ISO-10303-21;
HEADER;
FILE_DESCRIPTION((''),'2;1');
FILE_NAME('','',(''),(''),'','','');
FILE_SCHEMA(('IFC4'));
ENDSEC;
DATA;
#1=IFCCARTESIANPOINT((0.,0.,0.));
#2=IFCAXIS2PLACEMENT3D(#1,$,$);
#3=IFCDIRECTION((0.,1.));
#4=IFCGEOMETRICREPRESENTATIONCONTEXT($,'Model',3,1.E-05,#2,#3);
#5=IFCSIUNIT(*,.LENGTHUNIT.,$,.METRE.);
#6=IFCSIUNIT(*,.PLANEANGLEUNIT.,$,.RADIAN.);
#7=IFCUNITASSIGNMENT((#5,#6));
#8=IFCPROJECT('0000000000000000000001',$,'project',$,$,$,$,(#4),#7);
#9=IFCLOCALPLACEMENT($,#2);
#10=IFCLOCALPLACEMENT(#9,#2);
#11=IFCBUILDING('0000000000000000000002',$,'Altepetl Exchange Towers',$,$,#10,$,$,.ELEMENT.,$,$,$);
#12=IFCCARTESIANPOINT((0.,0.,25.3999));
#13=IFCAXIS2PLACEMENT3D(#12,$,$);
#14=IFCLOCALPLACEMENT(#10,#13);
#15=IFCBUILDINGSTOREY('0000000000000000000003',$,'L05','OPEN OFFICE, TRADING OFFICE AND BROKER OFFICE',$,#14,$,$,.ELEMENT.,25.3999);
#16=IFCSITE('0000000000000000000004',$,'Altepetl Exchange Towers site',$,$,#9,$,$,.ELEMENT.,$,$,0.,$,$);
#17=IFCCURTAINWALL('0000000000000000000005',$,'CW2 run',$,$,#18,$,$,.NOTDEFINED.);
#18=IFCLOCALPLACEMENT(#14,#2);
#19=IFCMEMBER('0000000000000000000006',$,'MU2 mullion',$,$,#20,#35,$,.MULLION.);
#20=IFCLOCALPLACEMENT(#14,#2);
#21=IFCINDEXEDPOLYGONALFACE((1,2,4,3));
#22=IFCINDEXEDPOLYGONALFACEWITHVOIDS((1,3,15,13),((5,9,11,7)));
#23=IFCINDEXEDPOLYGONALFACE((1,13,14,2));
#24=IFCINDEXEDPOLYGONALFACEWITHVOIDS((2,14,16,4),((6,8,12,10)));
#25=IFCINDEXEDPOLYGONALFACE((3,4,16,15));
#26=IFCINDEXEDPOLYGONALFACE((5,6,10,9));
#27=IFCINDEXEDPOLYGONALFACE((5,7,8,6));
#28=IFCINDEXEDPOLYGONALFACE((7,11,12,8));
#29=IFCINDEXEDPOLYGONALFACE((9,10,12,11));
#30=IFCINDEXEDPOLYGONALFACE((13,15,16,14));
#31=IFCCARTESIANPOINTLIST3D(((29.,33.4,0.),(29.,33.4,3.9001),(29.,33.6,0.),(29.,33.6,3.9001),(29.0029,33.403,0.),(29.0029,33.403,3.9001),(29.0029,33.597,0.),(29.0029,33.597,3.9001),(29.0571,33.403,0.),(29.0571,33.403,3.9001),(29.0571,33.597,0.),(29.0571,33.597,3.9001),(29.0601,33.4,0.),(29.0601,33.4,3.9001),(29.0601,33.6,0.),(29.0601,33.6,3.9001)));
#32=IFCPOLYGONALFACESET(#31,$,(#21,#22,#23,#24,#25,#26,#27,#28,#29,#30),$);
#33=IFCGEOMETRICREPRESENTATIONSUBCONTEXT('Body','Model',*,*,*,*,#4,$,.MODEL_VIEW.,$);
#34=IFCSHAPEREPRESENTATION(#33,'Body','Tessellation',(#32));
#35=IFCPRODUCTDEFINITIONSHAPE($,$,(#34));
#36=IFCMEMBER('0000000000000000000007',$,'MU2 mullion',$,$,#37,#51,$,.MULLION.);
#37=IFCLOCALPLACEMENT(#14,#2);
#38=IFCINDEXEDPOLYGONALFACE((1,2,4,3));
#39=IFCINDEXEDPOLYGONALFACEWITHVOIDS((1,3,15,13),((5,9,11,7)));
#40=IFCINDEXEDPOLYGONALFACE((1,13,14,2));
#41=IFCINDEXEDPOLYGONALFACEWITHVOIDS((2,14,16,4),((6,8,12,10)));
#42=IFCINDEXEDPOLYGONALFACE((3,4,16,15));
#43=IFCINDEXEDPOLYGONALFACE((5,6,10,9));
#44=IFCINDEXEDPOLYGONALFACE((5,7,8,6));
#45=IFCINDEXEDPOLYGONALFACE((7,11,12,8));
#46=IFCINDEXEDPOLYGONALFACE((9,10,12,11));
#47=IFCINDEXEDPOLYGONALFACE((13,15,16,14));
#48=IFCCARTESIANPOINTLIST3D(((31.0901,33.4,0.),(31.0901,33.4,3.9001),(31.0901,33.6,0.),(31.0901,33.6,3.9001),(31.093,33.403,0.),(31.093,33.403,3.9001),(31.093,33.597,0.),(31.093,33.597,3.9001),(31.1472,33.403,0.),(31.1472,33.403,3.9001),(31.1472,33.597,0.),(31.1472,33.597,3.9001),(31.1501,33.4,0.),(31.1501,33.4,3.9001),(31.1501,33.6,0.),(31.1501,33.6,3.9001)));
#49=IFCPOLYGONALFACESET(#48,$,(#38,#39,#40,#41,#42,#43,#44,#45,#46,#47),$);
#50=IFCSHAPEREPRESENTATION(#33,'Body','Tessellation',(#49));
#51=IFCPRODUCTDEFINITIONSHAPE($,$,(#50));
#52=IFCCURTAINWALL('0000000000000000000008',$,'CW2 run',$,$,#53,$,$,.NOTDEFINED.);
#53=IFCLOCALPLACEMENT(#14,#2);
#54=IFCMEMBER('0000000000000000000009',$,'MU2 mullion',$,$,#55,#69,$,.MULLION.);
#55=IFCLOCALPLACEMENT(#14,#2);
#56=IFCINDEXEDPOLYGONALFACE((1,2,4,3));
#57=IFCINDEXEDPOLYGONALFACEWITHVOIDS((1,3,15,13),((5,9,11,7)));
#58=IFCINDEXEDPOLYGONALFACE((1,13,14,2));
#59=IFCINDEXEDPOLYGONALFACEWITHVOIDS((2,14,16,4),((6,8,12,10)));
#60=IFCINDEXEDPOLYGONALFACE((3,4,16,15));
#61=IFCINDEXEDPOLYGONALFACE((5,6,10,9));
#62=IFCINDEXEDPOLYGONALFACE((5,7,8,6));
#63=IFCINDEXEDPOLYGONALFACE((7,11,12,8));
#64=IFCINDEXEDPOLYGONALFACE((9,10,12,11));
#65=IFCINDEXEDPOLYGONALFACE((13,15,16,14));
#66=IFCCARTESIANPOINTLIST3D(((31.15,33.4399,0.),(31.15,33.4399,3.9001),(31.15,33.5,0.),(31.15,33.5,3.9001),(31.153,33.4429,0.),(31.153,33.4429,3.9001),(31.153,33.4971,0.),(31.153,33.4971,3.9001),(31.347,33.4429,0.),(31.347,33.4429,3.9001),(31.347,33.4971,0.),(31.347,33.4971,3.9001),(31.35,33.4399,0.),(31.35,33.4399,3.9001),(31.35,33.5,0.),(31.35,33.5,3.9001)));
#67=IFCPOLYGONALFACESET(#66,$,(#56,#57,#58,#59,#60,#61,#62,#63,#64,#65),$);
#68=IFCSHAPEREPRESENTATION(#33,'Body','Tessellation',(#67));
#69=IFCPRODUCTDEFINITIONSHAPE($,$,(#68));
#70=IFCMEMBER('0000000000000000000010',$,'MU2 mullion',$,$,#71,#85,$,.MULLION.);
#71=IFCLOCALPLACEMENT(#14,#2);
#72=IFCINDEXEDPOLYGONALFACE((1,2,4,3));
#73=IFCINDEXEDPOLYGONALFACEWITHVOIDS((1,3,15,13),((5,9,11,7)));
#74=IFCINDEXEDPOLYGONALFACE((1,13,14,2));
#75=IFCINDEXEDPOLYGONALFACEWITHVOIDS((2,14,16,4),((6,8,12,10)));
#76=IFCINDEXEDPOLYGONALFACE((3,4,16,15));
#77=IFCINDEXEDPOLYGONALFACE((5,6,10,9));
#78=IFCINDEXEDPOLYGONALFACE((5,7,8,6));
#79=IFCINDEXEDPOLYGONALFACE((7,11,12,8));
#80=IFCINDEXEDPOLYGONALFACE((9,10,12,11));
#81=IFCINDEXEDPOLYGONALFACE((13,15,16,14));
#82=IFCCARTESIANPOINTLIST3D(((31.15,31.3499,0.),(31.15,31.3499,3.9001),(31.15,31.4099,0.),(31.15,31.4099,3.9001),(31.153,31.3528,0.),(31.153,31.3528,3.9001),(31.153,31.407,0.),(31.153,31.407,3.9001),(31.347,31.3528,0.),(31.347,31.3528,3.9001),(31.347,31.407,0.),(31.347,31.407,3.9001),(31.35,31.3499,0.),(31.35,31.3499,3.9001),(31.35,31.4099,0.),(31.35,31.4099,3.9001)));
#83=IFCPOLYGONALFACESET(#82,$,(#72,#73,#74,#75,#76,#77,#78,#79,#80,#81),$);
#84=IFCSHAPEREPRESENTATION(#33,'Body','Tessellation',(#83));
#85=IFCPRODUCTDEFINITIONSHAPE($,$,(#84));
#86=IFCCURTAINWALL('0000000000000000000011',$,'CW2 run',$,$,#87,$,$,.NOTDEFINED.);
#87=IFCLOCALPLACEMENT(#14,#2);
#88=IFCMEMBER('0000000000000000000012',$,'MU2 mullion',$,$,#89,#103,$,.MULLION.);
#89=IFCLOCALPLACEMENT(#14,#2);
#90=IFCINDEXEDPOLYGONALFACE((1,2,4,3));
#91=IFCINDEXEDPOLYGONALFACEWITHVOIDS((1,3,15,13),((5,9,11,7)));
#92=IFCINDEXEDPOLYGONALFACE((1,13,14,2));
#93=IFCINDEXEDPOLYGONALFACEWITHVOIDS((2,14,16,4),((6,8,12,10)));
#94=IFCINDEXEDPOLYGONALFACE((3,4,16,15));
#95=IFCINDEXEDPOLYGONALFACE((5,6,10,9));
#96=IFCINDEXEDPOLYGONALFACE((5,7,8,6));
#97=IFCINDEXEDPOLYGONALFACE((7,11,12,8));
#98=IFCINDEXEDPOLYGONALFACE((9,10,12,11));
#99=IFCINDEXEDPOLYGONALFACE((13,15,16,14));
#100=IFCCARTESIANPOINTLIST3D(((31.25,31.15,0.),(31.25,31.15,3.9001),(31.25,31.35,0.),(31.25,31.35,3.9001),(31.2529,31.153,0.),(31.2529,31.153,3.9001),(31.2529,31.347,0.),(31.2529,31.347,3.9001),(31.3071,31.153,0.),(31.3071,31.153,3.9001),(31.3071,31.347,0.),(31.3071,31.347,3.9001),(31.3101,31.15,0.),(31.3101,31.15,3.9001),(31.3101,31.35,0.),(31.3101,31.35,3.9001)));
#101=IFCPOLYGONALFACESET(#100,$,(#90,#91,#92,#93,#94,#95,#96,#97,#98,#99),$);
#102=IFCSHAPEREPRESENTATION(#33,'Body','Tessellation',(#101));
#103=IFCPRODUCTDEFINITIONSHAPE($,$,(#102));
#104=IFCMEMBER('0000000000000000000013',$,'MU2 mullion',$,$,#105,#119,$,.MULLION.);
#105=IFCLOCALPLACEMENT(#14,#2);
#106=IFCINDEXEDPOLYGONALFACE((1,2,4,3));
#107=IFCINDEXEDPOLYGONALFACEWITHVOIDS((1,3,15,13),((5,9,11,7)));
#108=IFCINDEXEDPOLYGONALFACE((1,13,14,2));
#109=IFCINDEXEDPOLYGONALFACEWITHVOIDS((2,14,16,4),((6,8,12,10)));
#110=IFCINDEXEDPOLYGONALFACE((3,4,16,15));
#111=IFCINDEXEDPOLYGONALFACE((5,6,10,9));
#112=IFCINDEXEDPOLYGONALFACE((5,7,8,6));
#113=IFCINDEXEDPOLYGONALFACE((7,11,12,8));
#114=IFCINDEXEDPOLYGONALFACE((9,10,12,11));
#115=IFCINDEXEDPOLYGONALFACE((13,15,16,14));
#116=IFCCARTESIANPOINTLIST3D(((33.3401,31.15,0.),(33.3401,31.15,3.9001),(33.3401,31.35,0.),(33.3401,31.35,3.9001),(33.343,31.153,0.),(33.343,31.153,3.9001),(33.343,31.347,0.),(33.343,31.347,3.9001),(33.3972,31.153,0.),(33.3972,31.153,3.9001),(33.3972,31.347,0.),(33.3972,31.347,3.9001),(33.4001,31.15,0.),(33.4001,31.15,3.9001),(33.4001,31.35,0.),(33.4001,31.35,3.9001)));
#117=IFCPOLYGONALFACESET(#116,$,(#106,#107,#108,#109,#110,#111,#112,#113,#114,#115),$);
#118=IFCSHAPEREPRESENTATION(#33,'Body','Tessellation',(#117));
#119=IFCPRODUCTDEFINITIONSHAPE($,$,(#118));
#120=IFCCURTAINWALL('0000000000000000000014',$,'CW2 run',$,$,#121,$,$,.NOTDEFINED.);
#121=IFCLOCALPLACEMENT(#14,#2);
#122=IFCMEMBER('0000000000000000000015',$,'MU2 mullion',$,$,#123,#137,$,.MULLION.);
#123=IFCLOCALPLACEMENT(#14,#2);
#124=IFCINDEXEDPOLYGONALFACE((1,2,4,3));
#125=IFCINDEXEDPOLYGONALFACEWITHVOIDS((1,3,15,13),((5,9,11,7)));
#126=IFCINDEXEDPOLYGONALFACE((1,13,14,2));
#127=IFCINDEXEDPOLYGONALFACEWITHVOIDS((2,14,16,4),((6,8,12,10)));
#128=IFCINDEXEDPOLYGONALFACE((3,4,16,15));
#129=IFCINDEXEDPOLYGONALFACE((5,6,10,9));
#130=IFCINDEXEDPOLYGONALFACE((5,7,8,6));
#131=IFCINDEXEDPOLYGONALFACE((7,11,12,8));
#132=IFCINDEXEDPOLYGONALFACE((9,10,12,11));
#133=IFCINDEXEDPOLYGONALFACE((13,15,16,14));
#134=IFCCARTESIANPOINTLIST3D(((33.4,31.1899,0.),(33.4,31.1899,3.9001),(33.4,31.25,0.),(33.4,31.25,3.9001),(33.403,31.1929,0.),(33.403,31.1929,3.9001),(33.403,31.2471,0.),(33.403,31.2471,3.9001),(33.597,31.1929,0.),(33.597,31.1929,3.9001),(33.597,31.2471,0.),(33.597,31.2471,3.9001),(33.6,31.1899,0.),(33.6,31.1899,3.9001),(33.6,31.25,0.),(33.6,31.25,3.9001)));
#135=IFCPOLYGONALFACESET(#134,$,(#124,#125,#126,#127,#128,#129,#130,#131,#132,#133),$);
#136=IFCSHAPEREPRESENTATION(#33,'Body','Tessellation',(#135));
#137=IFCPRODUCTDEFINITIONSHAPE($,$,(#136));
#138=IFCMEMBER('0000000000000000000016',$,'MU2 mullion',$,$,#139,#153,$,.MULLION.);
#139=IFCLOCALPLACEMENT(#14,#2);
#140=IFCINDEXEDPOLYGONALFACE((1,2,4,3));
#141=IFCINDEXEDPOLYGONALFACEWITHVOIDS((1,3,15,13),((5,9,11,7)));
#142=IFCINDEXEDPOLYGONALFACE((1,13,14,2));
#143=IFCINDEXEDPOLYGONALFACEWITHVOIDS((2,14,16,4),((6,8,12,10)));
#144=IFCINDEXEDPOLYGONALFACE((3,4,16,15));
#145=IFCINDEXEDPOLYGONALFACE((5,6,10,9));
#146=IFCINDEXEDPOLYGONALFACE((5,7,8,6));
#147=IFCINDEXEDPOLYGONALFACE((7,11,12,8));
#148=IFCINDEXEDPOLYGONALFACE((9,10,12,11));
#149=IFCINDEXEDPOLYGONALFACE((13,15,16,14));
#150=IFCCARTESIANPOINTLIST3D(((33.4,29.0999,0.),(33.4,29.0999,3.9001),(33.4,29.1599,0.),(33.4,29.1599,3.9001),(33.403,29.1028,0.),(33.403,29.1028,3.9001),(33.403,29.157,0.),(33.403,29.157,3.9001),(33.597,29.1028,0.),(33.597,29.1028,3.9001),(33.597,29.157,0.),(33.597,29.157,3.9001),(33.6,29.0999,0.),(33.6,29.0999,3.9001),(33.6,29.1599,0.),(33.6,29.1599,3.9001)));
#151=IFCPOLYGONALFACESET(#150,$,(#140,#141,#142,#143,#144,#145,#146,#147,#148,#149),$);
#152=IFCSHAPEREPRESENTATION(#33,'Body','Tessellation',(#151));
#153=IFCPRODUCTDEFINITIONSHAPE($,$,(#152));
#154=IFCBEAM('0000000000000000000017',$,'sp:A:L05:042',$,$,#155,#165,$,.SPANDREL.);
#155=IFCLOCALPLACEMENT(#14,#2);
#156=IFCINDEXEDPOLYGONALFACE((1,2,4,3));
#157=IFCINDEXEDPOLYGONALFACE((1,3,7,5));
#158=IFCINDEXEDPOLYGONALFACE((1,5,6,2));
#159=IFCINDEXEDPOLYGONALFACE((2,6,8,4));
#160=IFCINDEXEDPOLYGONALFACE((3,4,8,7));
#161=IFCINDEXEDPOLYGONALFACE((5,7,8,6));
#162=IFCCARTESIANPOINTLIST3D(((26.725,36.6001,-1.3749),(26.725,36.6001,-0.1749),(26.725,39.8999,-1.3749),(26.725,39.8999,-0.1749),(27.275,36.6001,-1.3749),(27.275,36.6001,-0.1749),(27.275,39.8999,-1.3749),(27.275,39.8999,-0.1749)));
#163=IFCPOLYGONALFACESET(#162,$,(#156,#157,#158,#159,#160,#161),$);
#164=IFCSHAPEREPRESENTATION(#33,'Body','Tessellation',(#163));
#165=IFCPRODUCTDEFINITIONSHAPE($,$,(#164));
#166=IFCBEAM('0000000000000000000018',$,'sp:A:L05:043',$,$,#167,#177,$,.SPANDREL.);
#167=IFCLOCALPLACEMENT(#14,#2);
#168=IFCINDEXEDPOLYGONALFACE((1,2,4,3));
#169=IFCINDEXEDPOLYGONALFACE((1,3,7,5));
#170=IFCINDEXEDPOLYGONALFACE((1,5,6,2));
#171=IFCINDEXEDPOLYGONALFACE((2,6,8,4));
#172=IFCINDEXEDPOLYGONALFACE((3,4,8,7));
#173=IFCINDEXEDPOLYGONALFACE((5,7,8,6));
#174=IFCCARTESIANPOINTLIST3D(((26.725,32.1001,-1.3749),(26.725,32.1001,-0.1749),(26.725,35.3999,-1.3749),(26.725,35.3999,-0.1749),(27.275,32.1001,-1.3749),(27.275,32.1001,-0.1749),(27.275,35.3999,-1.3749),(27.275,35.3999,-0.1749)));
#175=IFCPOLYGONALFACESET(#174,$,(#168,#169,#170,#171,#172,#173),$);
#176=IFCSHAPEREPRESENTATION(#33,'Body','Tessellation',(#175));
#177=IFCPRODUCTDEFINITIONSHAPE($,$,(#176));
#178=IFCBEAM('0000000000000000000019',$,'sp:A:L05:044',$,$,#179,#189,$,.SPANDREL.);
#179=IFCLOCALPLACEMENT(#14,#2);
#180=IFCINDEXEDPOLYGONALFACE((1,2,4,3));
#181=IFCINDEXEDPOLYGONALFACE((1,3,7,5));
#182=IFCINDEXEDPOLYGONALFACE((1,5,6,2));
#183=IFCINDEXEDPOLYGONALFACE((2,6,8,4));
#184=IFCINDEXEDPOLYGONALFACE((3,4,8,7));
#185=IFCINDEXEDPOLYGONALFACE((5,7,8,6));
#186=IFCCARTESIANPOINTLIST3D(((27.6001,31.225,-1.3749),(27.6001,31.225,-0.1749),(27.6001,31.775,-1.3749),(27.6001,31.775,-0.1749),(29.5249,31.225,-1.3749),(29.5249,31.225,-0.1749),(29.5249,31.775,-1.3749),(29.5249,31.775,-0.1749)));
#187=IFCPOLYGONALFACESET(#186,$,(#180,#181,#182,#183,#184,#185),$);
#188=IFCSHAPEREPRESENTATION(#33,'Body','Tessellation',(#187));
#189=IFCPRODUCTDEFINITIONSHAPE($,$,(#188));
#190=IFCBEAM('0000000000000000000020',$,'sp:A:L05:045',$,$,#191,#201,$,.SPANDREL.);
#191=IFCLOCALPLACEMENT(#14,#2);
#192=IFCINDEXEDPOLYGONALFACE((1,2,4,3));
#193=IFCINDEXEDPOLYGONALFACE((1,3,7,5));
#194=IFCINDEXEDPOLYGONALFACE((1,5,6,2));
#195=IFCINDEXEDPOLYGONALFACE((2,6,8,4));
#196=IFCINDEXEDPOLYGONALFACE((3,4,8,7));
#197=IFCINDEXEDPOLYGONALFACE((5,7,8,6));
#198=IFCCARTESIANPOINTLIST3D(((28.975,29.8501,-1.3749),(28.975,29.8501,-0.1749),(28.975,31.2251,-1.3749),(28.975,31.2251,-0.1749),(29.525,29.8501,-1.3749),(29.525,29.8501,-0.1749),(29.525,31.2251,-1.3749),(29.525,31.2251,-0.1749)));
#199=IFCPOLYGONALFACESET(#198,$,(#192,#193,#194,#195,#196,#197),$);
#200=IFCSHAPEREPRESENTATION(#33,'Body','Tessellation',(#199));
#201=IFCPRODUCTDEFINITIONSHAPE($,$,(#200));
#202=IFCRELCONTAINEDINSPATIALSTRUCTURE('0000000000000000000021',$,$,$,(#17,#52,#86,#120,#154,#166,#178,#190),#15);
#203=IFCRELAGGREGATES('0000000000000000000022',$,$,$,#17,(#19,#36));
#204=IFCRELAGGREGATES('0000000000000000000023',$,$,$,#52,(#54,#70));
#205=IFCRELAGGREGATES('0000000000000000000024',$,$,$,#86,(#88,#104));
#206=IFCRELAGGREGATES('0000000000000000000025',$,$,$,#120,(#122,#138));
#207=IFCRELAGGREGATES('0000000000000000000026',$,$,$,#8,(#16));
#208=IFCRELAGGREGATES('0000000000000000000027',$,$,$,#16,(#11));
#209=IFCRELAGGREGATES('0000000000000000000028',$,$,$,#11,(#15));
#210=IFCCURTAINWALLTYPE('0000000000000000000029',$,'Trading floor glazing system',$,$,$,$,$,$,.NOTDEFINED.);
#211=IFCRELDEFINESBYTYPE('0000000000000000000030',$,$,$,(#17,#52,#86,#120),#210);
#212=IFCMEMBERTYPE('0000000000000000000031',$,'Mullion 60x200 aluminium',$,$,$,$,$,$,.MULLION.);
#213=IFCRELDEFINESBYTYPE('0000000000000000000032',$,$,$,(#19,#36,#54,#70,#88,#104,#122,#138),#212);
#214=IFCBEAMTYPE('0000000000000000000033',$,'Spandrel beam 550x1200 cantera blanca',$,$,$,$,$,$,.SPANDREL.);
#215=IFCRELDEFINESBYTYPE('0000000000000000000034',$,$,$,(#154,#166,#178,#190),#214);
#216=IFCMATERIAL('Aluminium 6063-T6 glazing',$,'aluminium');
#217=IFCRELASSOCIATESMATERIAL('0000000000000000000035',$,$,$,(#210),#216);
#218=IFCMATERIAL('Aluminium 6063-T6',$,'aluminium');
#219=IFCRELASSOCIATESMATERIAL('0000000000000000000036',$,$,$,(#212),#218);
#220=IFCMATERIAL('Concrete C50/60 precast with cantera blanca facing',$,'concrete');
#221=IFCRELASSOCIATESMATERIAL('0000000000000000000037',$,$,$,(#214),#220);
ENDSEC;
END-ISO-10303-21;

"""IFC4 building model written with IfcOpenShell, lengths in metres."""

from ifc_helpers import new_model, si_unit, direction, frame, origin, origin_2d, place, context, subcontext, project, spatial, rectangle, hollow_rectangle, extrude, material, material_profile, profile_set, type_object, element, aggregate, save


model = new_model("IFC4")

# Units and contexts
model_context = context("Model", 3, precision=1e-05, world=origin(), true_north=direction((0.0, 1.0)))
body_context = subcontext(model_context, "Body", "Model", "MODEL_VIEW")
ifc_project = project(units=[si_unit("LENGTHUNIT", "METRE"), si_unit("PLANEANGLEUNIT", "RADIAN")], contexts=[model_context])

# Site, building, storey
site_placement = place(None, origin())
site = spatial("IfcSite", under=ifc_project, at=site_placement, Name="Altepetl Exchange Towers site", CompositionType="ELEMENT", RefElevation=0.0)
building_placement = place(site_placement, origin())
building = spatial("IfcBuilding", under=site, at=building_placement, Name="Altepetl Exchange Towers", CompositionType="ELEMENT")
storey_placement = place(building_placement, frame((0.0, 0.0, 25.3999)))
storey = spatial("IfcBuildingStorey", under=building, at=storey_placement, Name="L05", Description="OPEN OFFICE, TRADING OFFICE AND BROKER OFFICE", CompositionType="ELEMENT", Elevation=25.3999)

# Curtain walls, members
ifc_material_1 = material(Name="Aluminium 6063-T6 glazing", Category="aluminium")
curtain_wall_type = type_object("IfcCurtainWallType", Name="Trading floor glazing system", PredefinedType="NOTDEFINED", material=ifc_material_1)
ifc_material_2 = material(Name="Aluminium 6063-T6", Category="aluminium")
ifc_material_profile_1 = material_profile(ifc_material_2, hollow_rectangle(XDim=0.0601, YDim=0.2, WallThickness=0.0029, at=origin_2d()), Name="Mullion 60x200 aluminium")
ifc_profile_set_1 = profile_set([ifc_material_profile_1], Name="Aluminium 6063-T6")
member_type = type_object("IfcMemberType", Name="Mullion 60x200 aluminium", PredefinedType="MULLION", material=ifc_profile_set_1)
curtain_wall_1_placement = place(storey_placement, origin())
curtain_wall_1 = element("IfcCurtainWall", 1, at=curtain_wall_1_placement, inside=storey, type_object=curtain_wall_type, Name="CW2 run", PredefinedType="NOTDEFINED")
member_1_placement = place(storey_placement, frame((29.03, 33.5, 0.0)))
member_1 = element("IfcMember", 2, at=member_1_placement, type_object=member_type, Name="MU2 mullion", PredefinedType="MULLION", context=body_context, shape_type="SweptSolid", body=[
    extrude(hollow_rectangle(XDim=0.0601, YDim=0.2, WallThickness=0.0029, at=origin_2d()), origin(), (0.0, 0.0, 1.0), 3.9001),
])
member_2_placement = place(storey_placement, frame((31.1201, 33.5, 0.0)))
member_2 = element("IfcMember", 3, at=member_2_placement, type_object=member_type, Name="MU2 mullion", PredefinedType="MULLION", context=body_context, shape_type="SweptSolid", body=[
    extrude(hollow_rectangle(XDim=0.0601, YDim=0.2, WallThickness=0.0029, at=origin_2d()), origin(), (0.0, 0.0, 1.0), 3.9001),
])
curtain_wall_2_placement = place(storey_placement, origin())
curtain_wall_2 = element("IfcCurtainWall", 4, at=curtain_wall_2_placement, inside=storey, type_object=curtain_wall_type, Name="CW2 run", PredefinedType="NOTDEFINED")
member_3_placement = place(storey_placement, frame((31.25, 33.47, 0.0), z_axis=(0.0, 0.0, 1.0), x_axis=(0.0, -1.0, 0.0)))
member_3 = element("IfcMember", 5, at=member_3_placement, type_object=member_type, Name="MU2 mullion", PredefinedType="MULLION", context=body_context, shape_type="SweptSolid", body=[
    extrude(hollow_rectangle(XDim=0.0601, YDim=0.2, WallThickness=0.0029, at=origin_2d()), origin(), (0.0, 0.0, 1.0), 3.9001),
])
member_4_placement = place(storey_placement, frame((31.25, 31.3799, 0.0), z_axis=(0.0, 0.0, 1.0), x_axis=(0.0, -1.0, 0.0)))
member_4 = element("IfcMember", 6, at=member_4_placement, type_object=member_type, Name="MU2 mullion", PredefinedType="MULLION", context=body_context, shape_type="SweptSolid", body=[
    extrude(hollow_rectangle(XDim=0.0601, YDim=0.2, WallThickness=0.0029, at=origin_2d()), origin(), (0.0, 0.0, 1.0), 3.9001),
])
curtain_wall_3_placement = place(storey_placement, origin())
curtain_wall_3 = element("IfcCurtainWall", 7, at=curtain_wall_3_placement, inside=storey, type_object=curtain_wall_type, Name="CW2 run", PredefinedType="NOTDEFINED")
member_5_placement = place(storey_placement, frame((31.28, 31.25, 0.0)))
member_5 = element("IfcMember", 8, at=member_5_placement, type_object=member_type, Name="MU2 mullion", PredefinedType="MULLION", context=body_context, shape_type="SweptSolid", body=[
    extrude(hollow_rectangle(XDim=0.0601, YDim=0.2, WallThickness=0.0029, at=origin_2d()), origin(), (0.0, 0.0, 1.0), 3.9001),
])
member_6_placement = place(storey_placement, frame((33.3701, 31.25, 0.0)))
member_6 = element("IfcMember", 9, at=member_6_placement, type_object=member_type, Name="MU2 mullion", PredefinedType="MULLION", context=body_context, shape_type="SweptSolid", body=[
    extrude(hollow_rectangle(XDim=0.0601, YDim=0.2, WallThickness=0.0029, at=origin_2d()), origin(), (0.0, 0.0, 1.0), 3.9001),
])
curtain_wall_4_placement = place(storey_placement, origin())
curtain_wall_4 = element("IfcCurtainWall", 10, at=curtain_wall_4_placement, inside=storey, type_object=curtain_wall_type, Name="CW2 run", PredefinedType="NOTDEFINED")
member_7_placement = place(storey_placement, frame((33.5, 31.22, 0.0), z_axis=(0.0, 0.0, 1.0), x_axis=(0.0, -1.0, 0.0)))
member_7 = element("IfcMember", 11, at=member_7_placement, type_object=member_type, Name="MU2 mullion", PredefinedType="MULLION", context=body_context, shape_type="SweptSolid", body=[
    extrude(hollow_rectangle(XDim=0.0601, YDim=0.2, WallThickness=0.0029, at=origin_2d()), origin(), (0.0, 0.0, 1.0), 3.9001),
])
member_8_placement = place(storey_placement, frame((33.5, 29.1299, 0.0), z_axis=(0.0, 0.0, 1.0), x_axis=(0.0, -1.0, 0.0)))
member_8 = element("IfcMember", 12, at=member_8_placement, type_object=member_type, Name="MU2 mullion", PredefinedType="MULLION", context=body_context, shape_type="SweptSolid", body=[
    extrude(hollow_rectangle(XDim=0.0601, YDim=0.2, WallThickness=0.0029, at=origin_2d()), origin(), (0.0, 0.0, 1.0), 3.9001),
])

# Beams
ifc_material_3 = material(Name="Concrete C50/60 precast with cantera blanca facing", Category="concrete")
ifc_material_profile_2 = material_profile(ifc_material_3, rectangle(XDim=0.55, YDim=1.2, at=origin_2d()), Name="550 x 1200")
ifc_profile_set_2 = profile_set([ifc_material_profile_2], Name="Concrete C50/60 precast with cantera blanca facing")
beam_type_1 = type_object("IfcBeamType", Name="Spandrel beam 550x1200 cantera blanca", PredefinedType="SPANDREL", material=ifc_profile_set_2)
for number, where, z_axis, x_axis, name in (
    (13, (27.0, 39.8999, -0.7749), (0.0, -1.0, 0.0), (1.0, 0.0, 0.0), "sp:A:L05:042"),
    (14, (27.0, 35.3999, -0.7749), (0.0, -1.0, 0.0), (1.0, 0.0, 0.0), "sp:A:L05:043"),
):
    element("IfcBeam", number, at=place(storey_placement, frame(where, z_axis=z_axis, x_axis=x_axis)), inside=storey, type_object=beam_type_1, Name=name, PredefinedType="SPANDREL", context=body_context, shape_type="SweptSolid", body=[
        extrude(rectangle(XDim=0.55, YDim=1.2, at=origin_2d()), origin(), (0.0, 0.0, 1.0), 3.2998),
    ])
beam_1_placement = place(storey_placement, frame((27.6001, 31.5, -0.7749), z_axis=(1.0, 0.0, 0.0), x_axis=(0.0, 1.0, 0.0)))
element("IfcBeam", 15, at=beam_1_placement, inside=storey, type_object=beam_type_1, Name="sp:A:L05:044", PredefinedType="SPANDREL", context=body_context, shape_type="SweptSolid", body=[
    extrude(rectangle(XDim=0.55, YDim=1.2, at=origin_2d()), origin(), (0.0, 0.0, 1.0), 1.9248),
])
beam_2_placement = place(storey_placement, frame((29.25, 31.2251, -0.7749), z_axis=(0.0, -1.0, 0.0), x_axis=(1.0, 0.0, 0.0)))
element("IfcBeam", 16, at=beam_2_placement, inside=storey, type_object=beam_type_1, Name="sp:A:L05:045", PredefinedType="SPANDREL", context=body_context, shape_type="SweptSolid", body=[
    extrude(rectangle(XDim=0.55, YDim=1.2, at=origin_2d()), origin(), (0.0, 0.0, 1.0), 1.375),
])

aggregate(curtain_wall_1, [member_1, member_2])
aggregate(curtain_wall_2, [member_3, member_4])
aggregate(curtain_wall_3, [member_5, member_6])
aggregate(curtain_wall_4, [member_7, member_8])

save(model, "model.ifc")
